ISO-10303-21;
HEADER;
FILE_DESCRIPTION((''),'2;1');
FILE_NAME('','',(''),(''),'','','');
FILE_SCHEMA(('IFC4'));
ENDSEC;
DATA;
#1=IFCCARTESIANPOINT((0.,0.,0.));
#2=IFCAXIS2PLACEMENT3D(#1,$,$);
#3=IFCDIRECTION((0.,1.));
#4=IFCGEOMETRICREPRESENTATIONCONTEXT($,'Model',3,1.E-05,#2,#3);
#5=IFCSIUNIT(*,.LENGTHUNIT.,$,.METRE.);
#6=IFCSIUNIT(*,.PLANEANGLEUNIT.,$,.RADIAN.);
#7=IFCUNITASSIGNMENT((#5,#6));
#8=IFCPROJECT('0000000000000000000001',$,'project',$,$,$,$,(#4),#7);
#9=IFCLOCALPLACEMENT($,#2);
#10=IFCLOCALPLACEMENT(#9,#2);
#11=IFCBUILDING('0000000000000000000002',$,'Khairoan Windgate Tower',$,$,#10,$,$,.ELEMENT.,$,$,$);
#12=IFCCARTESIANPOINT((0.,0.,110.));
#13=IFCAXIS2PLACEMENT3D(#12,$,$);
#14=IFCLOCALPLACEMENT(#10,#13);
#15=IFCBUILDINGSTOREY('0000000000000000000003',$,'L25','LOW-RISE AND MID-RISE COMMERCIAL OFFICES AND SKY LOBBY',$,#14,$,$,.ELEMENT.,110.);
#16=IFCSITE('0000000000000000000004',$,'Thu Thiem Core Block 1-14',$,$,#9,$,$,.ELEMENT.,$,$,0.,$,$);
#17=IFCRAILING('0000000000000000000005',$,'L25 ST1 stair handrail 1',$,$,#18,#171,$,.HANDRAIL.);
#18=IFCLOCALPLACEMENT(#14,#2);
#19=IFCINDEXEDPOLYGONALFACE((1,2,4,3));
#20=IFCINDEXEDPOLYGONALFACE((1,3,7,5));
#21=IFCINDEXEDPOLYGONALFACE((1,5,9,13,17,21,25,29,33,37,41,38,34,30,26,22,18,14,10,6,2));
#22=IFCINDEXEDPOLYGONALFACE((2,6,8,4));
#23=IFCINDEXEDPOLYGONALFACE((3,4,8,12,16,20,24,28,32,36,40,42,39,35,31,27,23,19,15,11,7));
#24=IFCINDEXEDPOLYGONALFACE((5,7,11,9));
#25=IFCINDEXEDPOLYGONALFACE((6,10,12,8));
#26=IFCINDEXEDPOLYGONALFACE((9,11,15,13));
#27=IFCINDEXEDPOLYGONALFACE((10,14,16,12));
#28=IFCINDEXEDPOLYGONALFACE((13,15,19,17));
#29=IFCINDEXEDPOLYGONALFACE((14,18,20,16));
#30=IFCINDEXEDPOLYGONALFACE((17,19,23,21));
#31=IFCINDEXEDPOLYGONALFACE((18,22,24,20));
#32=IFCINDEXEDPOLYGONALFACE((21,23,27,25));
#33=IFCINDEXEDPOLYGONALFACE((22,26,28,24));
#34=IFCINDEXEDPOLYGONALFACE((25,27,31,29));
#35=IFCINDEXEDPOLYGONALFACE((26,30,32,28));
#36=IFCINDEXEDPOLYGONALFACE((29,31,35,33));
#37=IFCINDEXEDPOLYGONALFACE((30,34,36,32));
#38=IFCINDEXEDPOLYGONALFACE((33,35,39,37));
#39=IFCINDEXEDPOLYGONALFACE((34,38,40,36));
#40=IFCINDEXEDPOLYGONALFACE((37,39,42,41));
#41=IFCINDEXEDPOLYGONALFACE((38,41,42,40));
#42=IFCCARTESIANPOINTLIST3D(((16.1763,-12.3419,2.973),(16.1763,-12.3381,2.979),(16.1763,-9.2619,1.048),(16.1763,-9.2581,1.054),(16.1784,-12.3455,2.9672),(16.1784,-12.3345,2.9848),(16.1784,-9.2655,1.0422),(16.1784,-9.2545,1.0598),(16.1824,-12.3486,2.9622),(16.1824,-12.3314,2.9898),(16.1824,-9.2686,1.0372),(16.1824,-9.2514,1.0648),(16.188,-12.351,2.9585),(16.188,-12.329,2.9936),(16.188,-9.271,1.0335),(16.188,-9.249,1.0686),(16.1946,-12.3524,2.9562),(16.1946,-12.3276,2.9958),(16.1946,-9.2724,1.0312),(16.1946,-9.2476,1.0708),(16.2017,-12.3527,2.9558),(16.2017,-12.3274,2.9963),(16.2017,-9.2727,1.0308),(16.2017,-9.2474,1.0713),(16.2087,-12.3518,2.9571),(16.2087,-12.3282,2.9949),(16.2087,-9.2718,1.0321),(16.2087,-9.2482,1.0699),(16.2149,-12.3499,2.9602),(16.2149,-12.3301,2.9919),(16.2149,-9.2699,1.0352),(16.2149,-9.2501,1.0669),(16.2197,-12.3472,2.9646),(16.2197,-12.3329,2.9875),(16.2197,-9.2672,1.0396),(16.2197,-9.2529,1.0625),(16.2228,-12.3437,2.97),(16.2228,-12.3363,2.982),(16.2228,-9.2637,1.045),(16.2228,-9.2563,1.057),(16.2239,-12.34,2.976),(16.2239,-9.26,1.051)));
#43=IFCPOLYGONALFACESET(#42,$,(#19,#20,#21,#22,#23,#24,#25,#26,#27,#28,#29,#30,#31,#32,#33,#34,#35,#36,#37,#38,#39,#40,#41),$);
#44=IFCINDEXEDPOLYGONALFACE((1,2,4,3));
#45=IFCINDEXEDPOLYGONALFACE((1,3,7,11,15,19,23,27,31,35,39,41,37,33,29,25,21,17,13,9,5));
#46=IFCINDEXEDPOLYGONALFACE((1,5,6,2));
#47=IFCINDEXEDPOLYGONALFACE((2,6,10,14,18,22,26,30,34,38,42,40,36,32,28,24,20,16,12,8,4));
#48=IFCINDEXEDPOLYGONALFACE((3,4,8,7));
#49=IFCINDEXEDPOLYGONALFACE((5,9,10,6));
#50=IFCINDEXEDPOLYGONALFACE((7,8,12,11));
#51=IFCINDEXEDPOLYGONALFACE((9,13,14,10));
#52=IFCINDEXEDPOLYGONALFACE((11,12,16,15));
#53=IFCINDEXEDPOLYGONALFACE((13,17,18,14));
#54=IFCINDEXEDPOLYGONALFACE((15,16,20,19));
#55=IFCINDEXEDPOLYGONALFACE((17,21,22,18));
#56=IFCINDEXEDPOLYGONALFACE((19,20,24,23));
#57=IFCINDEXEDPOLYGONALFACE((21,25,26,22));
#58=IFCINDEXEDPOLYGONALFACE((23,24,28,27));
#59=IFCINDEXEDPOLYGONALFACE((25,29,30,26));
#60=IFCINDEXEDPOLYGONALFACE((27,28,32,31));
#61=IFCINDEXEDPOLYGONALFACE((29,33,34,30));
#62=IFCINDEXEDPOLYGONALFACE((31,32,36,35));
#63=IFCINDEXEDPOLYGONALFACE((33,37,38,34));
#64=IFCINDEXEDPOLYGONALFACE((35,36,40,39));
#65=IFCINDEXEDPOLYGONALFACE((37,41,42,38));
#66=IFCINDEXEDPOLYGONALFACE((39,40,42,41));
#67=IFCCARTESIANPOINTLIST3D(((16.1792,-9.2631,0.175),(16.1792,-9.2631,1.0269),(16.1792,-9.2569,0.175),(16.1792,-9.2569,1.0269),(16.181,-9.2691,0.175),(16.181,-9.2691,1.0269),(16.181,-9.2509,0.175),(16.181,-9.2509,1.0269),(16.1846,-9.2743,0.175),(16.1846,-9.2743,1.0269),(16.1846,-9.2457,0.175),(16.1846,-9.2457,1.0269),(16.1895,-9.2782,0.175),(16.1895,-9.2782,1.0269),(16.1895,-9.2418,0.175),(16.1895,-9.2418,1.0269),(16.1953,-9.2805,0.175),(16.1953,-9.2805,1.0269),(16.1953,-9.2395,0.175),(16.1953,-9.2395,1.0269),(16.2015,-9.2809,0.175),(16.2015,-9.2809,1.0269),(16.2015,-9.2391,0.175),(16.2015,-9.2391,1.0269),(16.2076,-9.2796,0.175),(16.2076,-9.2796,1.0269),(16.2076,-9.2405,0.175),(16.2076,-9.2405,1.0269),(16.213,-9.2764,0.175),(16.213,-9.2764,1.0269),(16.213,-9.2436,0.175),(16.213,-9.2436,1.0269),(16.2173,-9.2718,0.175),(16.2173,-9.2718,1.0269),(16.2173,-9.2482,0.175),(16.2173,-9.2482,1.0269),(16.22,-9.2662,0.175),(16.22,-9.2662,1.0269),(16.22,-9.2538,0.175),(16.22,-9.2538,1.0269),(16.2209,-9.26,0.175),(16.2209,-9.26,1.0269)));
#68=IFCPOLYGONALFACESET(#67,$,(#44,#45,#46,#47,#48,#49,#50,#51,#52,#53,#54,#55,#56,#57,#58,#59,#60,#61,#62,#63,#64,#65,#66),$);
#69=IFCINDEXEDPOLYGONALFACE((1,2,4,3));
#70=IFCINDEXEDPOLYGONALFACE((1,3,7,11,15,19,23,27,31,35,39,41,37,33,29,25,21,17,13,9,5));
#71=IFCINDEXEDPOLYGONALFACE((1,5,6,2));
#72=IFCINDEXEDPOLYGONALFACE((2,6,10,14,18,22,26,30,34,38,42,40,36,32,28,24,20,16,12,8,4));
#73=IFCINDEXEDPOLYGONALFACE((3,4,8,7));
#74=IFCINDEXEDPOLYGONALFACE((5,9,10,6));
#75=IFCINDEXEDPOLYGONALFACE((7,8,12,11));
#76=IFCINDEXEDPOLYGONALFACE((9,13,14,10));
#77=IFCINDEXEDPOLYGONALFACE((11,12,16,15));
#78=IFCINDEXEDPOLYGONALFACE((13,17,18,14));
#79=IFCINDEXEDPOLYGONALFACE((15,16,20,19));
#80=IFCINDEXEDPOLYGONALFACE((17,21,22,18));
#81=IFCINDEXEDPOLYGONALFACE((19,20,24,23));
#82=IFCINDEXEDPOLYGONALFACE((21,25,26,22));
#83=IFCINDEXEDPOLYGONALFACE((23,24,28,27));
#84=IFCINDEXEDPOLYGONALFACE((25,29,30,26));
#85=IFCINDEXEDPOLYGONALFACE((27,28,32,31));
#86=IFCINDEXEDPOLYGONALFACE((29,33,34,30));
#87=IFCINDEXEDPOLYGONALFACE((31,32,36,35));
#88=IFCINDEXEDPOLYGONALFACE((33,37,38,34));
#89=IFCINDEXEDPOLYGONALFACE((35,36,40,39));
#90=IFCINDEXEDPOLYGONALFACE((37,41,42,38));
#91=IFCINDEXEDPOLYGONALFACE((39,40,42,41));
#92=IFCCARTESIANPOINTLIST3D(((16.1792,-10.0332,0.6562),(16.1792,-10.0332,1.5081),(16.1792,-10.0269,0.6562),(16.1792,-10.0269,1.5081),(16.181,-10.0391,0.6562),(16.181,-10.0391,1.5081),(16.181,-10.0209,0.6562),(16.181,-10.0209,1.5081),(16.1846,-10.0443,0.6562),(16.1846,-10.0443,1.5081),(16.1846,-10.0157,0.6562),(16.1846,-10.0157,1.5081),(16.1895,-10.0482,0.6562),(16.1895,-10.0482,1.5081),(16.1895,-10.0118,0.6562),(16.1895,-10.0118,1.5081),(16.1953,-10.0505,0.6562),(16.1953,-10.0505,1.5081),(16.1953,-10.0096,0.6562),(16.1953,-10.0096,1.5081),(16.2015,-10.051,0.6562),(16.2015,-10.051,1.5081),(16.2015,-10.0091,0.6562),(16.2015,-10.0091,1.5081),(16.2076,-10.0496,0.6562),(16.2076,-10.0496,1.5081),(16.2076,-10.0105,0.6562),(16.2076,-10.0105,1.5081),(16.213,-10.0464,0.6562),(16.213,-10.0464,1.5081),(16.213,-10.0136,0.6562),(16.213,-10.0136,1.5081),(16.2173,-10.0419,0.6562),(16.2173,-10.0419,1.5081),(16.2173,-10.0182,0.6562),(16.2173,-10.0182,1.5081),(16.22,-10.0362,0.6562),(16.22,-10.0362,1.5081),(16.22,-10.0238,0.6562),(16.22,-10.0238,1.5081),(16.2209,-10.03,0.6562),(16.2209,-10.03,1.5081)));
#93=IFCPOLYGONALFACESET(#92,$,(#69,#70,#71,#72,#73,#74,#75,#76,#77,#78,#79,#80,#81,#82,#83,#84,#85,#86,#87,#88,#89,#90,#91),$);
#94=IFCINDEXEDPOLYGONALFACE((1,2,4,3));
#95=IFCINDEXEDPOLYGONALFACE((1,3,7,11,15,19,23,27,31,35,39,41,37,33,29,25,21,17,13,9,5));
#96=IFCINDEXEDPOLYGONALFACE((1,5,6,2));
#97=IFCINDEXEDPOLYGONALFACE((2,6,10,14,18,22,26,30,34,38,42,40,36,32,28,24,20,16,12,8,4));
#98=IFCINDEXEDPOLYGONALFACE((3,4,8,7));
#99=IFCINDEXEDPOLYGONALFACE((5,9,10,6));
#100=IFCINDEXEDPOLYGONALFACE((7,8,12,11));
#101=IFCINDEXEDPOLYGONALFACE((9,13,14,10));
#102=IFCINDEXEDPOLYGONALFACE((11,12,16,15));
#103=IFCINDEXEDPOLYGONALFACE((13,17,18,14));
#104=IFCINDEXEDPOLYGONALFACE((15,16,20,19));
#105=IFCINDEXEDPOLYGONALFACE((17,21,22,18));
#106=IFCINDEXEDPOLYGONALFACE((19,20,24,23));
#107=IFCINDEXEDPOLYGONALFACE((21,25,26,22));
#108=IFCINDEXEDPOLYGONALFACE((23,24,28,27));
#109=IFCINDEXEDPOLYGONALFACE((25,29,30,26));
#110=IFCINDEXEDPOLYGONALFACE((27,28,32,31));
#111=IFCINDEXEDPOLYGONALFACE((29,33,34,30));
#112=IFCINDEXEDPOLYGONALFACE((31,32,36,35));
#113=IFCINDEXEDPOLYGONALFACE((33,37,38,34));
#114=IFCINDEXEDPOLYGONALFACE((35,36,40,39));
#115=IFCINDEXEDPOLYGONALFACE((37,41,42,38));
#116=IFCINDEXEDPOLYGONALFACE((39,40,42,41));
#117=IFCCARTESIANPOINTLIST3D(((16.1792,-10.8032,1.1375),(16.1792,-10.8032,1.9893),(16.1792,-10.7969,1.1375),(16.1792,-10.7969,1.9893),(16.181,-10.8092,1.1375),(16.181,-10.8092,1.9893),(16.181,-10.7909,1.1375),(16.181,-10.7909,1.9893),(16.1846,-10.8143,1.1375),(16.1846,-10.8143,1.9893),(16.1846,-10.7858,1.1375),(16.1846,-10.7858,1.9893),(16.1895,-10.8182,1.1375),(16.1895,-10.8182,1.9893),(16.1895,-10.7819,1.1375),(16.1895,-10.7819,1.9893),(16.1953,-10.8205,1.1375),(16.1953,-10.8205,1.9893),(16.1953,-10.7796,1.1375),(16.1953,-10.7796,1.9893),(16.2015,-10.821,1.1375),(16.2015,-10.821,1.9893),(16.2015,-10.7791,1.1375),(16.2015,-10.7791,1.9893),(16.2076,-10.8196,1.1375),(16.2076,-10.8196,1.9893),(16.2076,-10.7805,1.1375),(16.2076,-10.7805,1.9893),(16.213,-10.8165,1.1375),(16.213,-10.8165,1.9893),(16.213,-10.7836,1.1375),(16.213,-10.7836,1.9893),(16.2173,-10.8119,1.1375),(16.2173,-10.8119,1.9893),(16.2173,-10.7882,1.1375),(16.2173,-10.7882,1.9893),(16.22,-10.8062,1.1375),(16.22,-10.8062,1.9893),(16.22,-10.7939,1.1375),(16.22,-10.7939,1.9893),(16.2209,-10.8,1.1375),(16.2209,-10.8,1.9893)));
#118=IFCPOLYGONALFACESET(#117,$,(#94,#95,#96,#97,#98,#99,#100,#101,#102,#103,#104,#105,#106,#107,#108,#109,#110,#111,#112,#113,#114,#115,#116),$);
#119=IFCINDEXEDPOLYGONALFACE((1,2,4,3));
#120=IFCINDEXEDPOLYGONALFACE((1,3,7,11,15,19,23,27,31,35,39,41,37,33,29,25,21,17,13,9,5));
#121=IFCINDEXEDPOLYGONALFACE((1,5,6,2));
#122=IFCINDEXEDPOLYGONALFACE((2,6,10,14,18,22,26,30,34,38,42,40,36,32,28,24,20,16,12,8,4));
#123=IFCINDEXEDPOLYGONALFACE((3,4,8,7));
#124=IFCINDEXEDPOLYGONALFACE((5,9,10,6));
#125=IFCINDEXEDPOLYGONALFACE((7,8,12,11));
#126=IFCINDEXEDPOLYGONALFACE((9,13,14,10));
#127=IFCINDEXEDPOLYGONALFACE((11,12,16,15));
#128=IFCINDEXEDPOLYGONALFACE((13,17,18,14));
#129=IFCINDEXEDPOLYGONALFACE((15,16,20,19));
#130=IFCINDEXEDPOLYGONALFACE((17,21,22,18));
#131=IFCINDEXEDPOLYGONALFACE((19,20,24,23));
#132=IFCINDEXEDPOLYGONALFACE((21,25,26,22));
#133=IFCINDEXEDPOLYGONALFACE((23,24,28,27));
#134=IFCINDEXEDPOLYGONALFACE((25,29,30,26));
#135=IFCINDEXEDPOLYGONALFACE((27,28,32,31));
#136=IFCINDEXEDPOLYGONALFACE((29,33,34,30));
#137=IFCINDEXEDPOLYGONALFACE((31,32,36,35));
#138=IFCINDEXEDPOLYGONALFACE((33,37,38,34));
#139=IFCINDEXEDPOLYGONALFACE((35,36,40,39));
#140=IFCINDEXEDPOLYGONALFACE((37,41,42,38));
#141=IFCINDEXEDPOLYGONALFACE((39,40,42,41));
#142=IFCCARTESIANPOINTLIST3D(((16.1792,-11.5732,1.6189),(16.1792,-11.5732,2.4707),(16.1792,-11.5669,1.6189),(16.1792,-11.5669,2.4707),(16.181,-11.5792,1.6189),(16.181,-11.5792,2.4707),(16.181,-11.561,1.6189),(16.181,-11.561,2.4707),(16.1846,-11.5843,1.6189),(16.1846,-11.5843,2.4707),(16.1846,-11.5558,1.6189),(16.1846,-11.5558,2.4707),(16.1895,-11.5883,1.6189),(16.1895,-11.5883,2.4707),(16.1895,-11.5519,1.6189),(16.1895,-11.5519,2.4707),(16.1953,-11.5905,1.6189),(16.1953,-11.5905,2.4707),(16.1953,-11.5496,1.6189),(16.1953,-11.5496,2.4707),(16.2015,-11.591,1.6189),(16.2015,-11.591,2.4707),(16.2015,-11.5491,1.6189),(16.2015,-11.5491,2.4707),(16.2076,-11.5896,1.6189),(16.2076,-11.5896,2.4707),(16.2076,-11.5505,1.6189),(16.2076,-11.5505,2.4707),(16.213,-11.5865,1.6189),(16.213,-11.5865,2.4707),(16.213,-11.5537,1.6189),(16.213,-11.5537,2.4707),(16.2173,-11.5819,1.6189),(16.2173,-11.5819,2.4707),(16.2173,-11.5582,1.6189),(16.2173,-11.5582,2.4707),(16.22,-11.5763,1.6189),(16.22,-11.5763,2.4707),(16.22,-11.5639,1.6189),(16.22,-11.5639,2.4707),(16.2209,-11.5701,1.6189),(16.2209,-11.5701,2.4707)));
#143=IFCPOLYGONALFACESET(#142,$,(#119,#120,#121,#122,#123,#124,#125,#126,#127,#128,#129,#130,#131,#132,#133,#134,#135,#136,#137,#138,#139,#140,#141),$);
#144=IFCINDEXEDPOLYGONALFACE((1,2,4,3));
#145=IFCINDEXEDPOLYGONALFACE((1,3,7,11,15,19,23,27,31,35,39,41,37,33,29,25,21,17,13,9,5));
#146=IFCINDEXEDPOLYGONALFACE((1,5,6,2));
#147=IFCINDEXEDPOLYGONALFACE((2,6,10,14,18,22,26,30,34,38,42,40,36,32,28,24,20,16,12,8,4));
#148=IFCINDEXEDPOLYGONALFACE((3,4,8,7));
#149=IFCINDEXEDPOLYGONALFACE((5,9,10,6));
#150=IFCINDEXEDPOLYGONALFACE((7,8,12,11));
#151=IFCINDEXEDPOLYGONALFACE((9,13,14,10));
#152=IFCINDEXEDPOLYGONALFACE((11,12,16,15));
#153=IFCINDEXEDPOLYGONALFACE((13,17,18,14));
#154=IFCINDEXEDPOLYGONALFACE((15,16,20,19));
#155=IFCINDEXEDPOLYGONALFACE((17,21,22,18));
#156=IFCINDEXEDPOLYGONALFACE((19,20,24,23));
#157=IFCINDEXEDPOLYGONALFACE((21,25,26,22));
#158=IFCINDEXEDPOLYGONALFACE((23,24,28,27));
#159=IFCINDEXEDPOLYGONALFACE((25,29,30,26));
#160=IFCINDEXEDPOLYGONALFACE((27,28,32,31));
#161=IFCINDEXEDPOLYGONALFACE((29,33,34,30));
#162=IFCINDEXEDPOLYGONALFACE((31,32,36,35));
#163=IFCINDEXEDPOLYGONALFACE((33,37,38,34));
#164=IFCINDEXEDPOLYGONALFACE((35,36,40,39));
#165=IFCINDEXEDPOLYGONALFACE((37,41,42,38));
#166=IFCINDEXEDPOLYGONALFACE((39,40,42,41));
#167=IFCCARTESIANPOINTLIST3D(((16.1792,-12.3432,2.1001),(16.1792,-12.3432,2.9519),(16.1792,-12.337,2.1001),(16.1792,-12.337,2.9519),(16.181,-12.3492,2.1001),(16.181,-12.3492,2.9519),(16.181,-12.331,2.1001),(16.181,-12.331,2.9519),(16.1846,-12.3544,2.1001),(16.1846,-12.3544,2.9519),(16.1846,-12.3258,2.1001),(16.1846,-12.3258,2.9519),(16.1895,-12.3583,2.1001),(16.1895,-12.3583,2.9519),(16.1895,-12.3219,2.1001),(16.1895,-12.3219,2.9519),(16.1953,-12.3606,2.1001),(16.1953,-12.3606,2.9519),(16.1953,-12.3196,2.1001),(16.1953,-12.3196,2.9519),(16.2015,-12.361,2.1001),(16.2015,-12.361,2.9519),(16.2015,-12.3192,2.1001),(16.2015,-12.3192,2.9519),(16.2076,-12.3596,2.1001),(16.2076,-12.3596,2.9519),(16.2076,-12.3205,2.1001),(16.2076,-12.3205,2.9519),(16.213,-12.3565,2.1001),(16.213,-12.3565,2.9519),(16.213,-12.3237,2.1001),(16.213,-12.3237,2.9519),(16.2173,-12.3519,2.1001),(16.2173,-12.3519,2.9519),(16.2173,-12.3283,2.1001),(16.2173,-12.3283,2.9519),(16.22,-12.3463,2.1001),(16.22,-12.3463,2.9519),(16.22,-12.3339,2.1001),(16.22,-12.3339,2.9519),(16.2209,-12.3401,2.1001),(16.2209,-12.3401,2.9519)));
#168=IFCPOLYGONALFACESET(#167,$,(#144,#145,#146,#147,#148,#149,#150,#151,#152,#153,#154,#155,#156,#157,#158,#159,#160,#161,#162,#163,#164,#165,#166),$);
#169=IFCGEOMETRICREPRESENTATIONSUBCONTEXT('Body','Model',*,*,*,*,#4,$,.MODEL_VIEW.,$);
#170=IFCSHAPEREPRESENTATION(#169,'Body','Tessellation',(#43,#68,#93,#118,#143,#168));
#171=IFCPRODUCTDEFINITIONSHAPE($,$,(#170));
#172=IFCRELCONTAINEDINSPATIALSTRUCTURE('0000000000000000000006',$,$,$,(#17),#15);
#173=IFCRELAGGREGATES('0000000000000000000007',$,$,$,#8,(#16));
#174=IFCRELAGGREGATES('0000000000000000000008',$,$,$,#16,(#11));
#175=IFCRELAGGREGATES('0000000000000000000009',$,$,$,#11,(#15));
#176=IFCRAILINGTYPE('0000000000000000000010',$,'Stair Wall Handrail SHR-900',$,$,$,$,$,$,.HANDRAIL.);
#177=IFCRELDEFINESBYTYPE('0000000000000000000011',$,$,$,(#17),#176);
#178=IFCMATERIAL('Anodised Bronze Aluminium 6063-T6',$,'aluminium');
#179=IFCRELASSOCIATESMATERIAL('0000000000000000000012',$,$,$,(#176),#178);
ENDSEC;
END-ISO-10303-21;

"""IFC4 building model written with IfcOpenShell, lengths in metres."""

from ifc_helpers import new_model, si_unit, direction, frame, origin, origin_2d, place, context, subcontext, project, spatial, circle, extrude, material, type_object, element, save


model = new_model("IFC4")

# Units and contexts
model_context = context("Model", 3, precision=1e-05, world=origin(), true_north=direction((0.0, 1.0)))
body_context = subcontext(model_context, "Body", "Model", "MODEL_VIEW")
ifc_project = project(units=[si_unit("LENGTHUNIT", "METRE"), si_unit("PLANEANGLEUNIT", "RADIAN")], contexts=[model_context])

# Site, building, storey
site_placement = place(None, origin())
site = spatial("IfcSite", under=ifc_project, at=site_placement, Name="Thu Thiem Core Block 1-14", CompositionType="ELEMENT", RefElevation=0.0)
building_placement = place(site_placement, origin())
building = spatial("IfcBuilding", under=site, at=building_placement, Name="Khairoan Windgate Tower", CompositionType="ELEMENT")
storey_placement = place(building_placement, frame((0.0, 0.0, 110.0)))
storey = spatial("IfcBuildingStorey", under=building, at=storey_placement, Name="L25", Description="LOW-RISE AND MID-RISE COMMERCIAL OFFICES AND SKY LOBBY", CompositionType="ELEMENT", Elevation=110.0)

# Railing
ifc_material_1 = material(Name="Anodised Bronze Aluminium 6063-T6", Category="aluminium")
railing_type_1 = type_object("IfcRailingType", Name="Stair Wall Handrail SHR-900", PredefinedType="HANDRAIL", material=ifc_material_1)
railing_1_placement = place(storey_placement, frame((16.2, -9.26, 0.175)))
element("IfcRailing", 1, at=railing_1_placement, inside=storey, type_object=railing_type_1, Name="L25 ST1 stair handrail 1", PredefinedType="HANDRAIL", context=body_context, shape_type="SweptSolid", body=[
    extrude(circle(Radius=0.0239, at=origin_2d()), frame((0.0, 0.0, 0.876), z_axis=(0.0, -0.847998, 0.529999), x_axis=(1.0, 0.0, 0.0)), (0.0, 0.0, 1.0), 3.6321),
    extrude(circle(Radius=0.021, at=origin_2d()), origin(), (0.0, 0.0, 1.0), 0.8518),
    extrude(circle(Radius=0.021, at=origin_2d()), frame((0.0, -0.77, 0.4812)), (0.0, 0.0, 1.0), 0.8518),
    extrude(circle(Radius=0.021, at=origin_2d()), frame((0.0, -1.54, 0.9624)), (0.0, 0.0, 1.0), 0.8518),
    extrude(circle(Radius=0.021, at=origin_2d()), frame((0.0, -2.3101, 1.4438)), (0.0, 0.0, 1.0), 0.8518),
    extrude(circle(Radius=0.021, at=origin_2d()), frame((0.0, -3.0801, 1.925)), (0.0, 0.0, 1.0), 0.8518),
])

save(model, "model.ifc")
